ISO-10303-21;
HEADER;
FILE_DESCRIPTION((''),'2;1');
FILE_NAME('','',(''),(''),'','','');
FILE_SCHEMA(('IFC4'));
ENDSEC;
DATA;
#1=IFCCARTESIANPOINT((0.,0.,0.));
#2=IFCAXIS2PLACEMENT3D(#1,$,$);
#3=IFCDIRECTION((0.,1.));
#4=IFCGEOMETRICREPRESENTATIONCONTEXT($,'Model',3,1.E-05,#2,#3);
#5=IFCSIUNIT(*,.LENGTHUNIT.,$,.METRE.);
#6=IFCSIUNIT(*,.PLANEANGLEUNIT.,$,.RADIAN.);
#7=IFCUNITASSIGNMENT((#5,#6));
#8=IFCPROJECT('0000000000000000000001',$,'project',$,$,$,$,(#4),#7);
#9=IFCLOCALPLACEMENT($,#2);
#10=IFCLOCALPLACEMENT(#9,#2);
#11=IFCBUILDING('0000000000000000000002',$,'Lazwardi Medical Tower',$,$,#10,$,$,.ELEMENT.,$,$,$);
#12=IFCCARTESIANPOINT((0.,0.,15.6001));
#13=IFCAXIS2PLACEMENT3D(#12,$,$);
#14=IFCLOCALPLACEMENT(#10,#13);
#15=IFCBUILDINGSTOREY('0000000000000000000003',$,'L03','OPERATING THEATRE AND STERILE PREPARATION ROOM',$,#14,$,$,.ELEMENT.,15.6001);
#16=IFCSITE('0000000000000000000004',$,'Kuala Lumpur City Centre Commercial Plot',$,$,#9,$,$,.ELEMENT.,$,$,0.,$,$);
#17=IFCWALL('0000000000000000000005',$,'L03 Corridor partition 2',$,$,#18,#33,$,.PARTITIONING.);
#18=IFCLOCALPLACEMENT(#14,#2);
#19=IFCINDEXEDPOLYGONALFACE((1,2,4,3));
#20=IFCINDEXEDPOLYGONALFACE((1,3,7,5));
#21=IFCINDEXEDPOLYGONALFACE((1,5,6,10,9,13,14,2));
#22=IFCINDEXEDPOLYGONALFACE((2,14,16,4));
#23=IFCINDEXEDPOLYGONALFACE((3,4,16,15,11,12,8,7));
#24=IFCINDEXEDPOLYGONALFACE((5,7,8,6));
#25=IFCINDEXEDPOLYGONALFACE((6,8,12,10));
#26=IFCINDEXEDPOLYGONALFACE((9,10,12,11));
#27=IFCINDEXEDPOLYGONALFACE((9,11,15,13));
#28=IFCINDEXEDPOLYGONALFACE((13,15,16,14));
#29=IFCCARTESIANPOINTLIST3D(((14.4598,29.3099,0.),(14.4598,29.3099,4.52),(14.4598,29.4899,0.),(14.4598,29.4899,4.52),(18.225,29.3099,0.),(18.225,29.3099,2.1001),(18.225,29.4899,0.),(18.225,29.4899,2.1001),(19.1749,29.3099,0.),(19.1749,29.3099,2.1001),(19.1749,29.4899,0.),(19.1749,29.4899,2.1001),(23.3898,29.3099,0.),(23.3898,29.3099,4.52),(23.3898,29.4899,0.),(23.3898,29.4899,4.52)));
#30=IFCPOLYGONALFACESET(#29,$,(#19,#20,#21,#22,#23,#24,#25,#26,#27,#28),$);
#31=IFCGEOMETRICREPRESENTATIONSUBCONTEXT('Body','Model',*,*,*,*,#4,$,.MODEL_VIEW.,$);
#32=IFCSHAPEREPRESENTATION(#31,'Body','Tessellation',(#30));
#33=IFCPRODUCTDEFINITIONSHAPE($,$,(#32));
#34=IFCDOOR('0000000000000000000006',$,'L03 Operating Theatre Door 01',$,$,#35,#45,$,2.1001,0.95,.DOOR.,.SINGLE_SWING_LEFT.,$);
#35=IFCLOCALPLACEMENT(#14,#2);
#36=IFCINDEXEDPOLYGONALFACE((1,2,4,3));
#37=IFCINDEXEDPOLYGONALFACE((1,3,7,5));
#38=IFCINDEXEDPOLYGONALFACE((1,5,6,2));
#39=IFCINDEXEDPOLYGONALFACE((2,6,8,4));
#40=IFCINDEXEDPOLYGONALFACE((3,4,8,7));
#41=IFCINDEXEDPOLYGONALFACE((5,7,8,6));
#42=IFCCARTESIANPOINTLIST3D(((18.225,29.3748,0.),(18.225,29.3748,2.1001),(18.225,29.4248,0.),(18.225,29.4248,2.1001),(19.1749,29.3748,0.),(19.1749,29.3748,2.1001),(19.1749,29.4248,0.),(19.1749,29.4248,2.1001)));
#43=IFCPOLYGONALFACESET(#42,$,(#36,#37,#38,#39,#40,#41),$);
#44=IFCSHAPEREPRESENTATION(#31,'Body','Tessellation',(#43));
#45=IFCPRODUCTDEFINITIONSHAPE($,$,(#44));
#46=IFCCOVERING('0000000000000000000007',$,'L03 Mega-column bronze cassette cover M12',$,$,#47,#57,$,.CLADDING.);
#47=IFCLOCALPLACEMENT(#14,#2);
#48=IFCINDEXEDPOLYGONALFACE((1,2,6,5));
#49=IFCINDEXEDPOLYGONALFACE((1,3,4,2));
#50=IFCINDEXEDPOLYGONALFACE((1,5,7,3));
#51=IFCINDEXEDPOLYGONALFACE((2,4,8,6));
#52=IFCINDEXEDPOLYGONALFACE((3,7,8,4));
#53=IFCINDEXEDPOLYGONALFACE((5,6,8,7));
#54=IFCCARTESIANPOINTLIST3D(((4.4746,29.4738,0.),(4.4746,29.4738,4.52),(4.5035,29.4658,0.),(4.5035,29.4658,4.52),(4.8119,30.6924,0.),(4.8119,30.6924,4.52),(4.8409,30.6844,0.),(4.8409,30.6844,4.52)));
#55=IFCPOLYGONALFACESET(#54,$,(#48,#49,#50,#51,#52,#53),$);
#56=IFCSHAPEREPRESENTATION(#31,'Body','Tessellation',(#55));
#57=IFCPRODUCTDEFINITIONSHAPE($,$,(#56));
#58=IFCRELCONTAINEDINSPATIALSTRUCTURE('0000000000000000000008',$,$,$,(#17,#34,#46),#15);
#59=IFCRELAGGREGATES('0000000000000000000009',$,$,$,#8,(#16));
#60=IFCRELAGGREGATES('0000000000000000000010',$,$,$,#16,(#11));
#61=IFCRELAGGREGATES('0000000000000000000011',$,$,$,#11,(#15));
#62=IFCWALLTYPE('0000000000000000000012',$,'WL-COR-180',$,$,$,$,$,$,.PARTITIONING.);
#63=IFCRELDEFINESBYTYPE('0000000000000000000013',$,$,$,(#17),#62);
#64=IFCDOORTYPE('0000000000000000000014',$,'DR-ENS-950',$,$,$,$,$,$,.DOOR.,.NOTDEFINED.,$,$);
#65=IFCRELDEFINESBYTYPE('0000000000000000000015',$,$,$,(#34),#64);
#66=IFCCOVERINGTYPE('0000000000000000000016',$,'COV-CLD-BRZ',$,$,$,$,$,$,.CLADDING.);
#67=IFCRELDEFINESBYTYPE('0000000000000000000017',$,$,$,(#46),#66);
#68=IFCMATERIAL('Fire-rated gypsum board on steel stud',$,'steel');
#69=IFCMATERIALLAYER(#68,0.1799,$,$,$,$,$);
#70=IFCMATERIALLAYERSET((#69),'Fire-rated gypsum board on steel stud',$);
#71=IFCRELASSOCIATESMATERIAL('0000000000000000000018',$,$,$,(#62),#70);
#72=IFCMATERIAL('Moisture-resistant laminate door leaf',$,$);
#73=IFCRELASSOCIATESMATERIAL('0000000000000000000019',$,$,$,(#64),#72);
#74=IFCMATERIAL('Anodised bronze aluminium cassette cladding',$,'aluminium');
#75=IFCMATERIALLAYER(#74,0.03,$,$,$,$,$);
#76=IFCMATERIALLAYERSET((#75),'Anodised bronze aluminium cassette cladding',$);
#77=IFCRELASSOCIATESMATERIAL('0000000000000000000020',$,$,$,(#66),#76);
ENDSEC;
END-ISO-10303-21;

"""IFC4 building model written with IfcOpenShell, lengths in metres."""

from ifc_helpers import new_model, si_unit, direction, frame, frame_2d, origin, origin_2d, place, context, subcontext, project, spatial, rectangle, extrude, material, layer, layer_set, type_object, element, fill, save


model = new_model("IFC4")

# Units and contexts
model_context = context("Model", 3, precision=1e-05, world=origin(), true_north=direction((0.0, 1.0)))
body_context = subcontext(model_context, "Body", "Model", "MODEL_VIEW")
ifc_project = project(units=[si_unit("LENGTHUNIT", "METRE"), si_unit("PLANEANGLEUNIT", "RADIAN")], contexts=[model_context])

# Site, building, storey
site_placement = place(None, origin())
site = spatial("IfcSite", under=ifc_project, at=site_placement, Name="Kuala Lumpur City Centre Commercial Plot", CompositionType="ELEMENT", RefElevation=0.0)
building_placement = place(site_placement, origin())
building = spatial("IfcBuilding", under=site, at=building_placement, Name="Lazwardi Medical Tower", CompositionType="ELEMENT")
storey_placement = place(building_placement, frame((0.0, 0.0, 15.6001)))
storey = spatial("IfcBuildingStorey", under=building, at=storey_placement, Name="L03", Description="OPERATING THEATRE AND STERILE PREPARATION ROOM", CompositionType="ELEMENT", Elevation=15.6001)

# Wall, opening, door
ifc_material_1 = material(Name="Fire-rated gypsum board on steel stud", Category="steel")
ifc_layer_1 = layer(ifc_material_1, 0.1799)
ifc_layer_set_1 = layer_set([ifc_layer_1], Name="Fire-rated gypsum board on steel stud")
wall_type = type_object("IfcWallType", Name="WL-COR-180", PredefinedType="PARTITIONING", material=ifc_layer_set_1)
wall_placement = place(storey_placement, frame((14.46, 29.3999, 0.0), z_axis=(0.0, 0.0, 1.0), x_axis=(1.0, 0.0, 0.0)))
wall = element("IfcWall", 1, at=wall_placement, inside=storey, type_object=wall_type, Name="L03 Corridor partition 2", PredefinedType="PARTITIONING", context=body_context, shape_type="SweptSolid", body=[
    extrude(rectangle(XDim=8.9299, YDim=0.1799, at=frame_2d((4.4648, 0.0))), origin(), (0.0, 0.0, 1.0), 4.52),
])
opening_placement = place(wall_placement, frame((3.7649, 0.0, 0.0)))
opening = element("IfcOpeningElement", 2, at=opening_placement, cuts=wall, PredefinedType="OPENING", context=body_context, shape_type="SweptSolid", body=[
    extrude(rectangle(XDim=0.95, YDim=2.1001, at=frame_2d((0.4751, 1.05))), frame((0.0, 0.0999, 0.0), z_axis=(0.0, -1.0, 0.0), x_axis=(1.0, 0.0, 0.0)), (0.0, 0.0, 1.0), 0.2),
])
ifc_material_2 = material(Name="Moisture-resistant laminate door leaf")
door_type = type_object("IfcDoorType", Name="DR-ENS-950", OperationType="NOTDEFINED", PredefinedType="DOOR", material=ifc_material_2)
door_placement = place(opening_placement, origin())
door = element("IfcDoor", 3, at=door_placement, inside=storey, type_object=door_type, Name="L03 Operating Theatre Door 01", OperationType="SINGLE_SWING_LEFT", OverallHeight=2.1001, OverallWidth=0.95, PredefinedType="DOOR", context=body_context, shape_type="SweptSolid", body=[
    extrude(rectangle(XDim=0.95, YDim=2.1001, at=frame_2d((0.4751, 1.05))), frame((0.0, 0.0249, 0.0), z_axis=(0.0, -1.0, 0.0), x_axis=(1.0, 0.0, 0.0)), (0.0, 0.0, 1.0), 0.05),
])
fill(opening, door)

# Covering
ifc_material_3 = material(Name="Anodised bronze aluminium cassette cladding", Category="aluminium")
ifc_layer_2 = layer(ifc_material_3, 0.03)
ifc_layer_set_2 = layer_set([ifc_layer_2], Name="Anodised bronze aluminium cassette cladding")
covering_type = type_object("IfcCoveringType", Name="COV-CLD-BRZ", PredefinedType="CLADDING", material=ifc_layer_set_2)
covering_placement = place(storey_placement, frame((4.6577, 30.0791, 0.0), z_axis=(0.0, 0.0, 1.0), x_axis=(-0.266836, -0.963742, 0.0)))
element("IfcCovering", 4, at=covering_placement, inside=storey, type_object=covering_type, Name="L03 Mega-column bronze cassette cover M12", PredefinedType="CLADDING", context=body_context, shape_type="SweptSolid", body=[
    extrude(rectangle(XDim=1.2644, YDim=0.03, at=origin_2d()), origin(), (0.0, 0.0, 1.0), 4.52),
])

save(model, "model.ifc")
